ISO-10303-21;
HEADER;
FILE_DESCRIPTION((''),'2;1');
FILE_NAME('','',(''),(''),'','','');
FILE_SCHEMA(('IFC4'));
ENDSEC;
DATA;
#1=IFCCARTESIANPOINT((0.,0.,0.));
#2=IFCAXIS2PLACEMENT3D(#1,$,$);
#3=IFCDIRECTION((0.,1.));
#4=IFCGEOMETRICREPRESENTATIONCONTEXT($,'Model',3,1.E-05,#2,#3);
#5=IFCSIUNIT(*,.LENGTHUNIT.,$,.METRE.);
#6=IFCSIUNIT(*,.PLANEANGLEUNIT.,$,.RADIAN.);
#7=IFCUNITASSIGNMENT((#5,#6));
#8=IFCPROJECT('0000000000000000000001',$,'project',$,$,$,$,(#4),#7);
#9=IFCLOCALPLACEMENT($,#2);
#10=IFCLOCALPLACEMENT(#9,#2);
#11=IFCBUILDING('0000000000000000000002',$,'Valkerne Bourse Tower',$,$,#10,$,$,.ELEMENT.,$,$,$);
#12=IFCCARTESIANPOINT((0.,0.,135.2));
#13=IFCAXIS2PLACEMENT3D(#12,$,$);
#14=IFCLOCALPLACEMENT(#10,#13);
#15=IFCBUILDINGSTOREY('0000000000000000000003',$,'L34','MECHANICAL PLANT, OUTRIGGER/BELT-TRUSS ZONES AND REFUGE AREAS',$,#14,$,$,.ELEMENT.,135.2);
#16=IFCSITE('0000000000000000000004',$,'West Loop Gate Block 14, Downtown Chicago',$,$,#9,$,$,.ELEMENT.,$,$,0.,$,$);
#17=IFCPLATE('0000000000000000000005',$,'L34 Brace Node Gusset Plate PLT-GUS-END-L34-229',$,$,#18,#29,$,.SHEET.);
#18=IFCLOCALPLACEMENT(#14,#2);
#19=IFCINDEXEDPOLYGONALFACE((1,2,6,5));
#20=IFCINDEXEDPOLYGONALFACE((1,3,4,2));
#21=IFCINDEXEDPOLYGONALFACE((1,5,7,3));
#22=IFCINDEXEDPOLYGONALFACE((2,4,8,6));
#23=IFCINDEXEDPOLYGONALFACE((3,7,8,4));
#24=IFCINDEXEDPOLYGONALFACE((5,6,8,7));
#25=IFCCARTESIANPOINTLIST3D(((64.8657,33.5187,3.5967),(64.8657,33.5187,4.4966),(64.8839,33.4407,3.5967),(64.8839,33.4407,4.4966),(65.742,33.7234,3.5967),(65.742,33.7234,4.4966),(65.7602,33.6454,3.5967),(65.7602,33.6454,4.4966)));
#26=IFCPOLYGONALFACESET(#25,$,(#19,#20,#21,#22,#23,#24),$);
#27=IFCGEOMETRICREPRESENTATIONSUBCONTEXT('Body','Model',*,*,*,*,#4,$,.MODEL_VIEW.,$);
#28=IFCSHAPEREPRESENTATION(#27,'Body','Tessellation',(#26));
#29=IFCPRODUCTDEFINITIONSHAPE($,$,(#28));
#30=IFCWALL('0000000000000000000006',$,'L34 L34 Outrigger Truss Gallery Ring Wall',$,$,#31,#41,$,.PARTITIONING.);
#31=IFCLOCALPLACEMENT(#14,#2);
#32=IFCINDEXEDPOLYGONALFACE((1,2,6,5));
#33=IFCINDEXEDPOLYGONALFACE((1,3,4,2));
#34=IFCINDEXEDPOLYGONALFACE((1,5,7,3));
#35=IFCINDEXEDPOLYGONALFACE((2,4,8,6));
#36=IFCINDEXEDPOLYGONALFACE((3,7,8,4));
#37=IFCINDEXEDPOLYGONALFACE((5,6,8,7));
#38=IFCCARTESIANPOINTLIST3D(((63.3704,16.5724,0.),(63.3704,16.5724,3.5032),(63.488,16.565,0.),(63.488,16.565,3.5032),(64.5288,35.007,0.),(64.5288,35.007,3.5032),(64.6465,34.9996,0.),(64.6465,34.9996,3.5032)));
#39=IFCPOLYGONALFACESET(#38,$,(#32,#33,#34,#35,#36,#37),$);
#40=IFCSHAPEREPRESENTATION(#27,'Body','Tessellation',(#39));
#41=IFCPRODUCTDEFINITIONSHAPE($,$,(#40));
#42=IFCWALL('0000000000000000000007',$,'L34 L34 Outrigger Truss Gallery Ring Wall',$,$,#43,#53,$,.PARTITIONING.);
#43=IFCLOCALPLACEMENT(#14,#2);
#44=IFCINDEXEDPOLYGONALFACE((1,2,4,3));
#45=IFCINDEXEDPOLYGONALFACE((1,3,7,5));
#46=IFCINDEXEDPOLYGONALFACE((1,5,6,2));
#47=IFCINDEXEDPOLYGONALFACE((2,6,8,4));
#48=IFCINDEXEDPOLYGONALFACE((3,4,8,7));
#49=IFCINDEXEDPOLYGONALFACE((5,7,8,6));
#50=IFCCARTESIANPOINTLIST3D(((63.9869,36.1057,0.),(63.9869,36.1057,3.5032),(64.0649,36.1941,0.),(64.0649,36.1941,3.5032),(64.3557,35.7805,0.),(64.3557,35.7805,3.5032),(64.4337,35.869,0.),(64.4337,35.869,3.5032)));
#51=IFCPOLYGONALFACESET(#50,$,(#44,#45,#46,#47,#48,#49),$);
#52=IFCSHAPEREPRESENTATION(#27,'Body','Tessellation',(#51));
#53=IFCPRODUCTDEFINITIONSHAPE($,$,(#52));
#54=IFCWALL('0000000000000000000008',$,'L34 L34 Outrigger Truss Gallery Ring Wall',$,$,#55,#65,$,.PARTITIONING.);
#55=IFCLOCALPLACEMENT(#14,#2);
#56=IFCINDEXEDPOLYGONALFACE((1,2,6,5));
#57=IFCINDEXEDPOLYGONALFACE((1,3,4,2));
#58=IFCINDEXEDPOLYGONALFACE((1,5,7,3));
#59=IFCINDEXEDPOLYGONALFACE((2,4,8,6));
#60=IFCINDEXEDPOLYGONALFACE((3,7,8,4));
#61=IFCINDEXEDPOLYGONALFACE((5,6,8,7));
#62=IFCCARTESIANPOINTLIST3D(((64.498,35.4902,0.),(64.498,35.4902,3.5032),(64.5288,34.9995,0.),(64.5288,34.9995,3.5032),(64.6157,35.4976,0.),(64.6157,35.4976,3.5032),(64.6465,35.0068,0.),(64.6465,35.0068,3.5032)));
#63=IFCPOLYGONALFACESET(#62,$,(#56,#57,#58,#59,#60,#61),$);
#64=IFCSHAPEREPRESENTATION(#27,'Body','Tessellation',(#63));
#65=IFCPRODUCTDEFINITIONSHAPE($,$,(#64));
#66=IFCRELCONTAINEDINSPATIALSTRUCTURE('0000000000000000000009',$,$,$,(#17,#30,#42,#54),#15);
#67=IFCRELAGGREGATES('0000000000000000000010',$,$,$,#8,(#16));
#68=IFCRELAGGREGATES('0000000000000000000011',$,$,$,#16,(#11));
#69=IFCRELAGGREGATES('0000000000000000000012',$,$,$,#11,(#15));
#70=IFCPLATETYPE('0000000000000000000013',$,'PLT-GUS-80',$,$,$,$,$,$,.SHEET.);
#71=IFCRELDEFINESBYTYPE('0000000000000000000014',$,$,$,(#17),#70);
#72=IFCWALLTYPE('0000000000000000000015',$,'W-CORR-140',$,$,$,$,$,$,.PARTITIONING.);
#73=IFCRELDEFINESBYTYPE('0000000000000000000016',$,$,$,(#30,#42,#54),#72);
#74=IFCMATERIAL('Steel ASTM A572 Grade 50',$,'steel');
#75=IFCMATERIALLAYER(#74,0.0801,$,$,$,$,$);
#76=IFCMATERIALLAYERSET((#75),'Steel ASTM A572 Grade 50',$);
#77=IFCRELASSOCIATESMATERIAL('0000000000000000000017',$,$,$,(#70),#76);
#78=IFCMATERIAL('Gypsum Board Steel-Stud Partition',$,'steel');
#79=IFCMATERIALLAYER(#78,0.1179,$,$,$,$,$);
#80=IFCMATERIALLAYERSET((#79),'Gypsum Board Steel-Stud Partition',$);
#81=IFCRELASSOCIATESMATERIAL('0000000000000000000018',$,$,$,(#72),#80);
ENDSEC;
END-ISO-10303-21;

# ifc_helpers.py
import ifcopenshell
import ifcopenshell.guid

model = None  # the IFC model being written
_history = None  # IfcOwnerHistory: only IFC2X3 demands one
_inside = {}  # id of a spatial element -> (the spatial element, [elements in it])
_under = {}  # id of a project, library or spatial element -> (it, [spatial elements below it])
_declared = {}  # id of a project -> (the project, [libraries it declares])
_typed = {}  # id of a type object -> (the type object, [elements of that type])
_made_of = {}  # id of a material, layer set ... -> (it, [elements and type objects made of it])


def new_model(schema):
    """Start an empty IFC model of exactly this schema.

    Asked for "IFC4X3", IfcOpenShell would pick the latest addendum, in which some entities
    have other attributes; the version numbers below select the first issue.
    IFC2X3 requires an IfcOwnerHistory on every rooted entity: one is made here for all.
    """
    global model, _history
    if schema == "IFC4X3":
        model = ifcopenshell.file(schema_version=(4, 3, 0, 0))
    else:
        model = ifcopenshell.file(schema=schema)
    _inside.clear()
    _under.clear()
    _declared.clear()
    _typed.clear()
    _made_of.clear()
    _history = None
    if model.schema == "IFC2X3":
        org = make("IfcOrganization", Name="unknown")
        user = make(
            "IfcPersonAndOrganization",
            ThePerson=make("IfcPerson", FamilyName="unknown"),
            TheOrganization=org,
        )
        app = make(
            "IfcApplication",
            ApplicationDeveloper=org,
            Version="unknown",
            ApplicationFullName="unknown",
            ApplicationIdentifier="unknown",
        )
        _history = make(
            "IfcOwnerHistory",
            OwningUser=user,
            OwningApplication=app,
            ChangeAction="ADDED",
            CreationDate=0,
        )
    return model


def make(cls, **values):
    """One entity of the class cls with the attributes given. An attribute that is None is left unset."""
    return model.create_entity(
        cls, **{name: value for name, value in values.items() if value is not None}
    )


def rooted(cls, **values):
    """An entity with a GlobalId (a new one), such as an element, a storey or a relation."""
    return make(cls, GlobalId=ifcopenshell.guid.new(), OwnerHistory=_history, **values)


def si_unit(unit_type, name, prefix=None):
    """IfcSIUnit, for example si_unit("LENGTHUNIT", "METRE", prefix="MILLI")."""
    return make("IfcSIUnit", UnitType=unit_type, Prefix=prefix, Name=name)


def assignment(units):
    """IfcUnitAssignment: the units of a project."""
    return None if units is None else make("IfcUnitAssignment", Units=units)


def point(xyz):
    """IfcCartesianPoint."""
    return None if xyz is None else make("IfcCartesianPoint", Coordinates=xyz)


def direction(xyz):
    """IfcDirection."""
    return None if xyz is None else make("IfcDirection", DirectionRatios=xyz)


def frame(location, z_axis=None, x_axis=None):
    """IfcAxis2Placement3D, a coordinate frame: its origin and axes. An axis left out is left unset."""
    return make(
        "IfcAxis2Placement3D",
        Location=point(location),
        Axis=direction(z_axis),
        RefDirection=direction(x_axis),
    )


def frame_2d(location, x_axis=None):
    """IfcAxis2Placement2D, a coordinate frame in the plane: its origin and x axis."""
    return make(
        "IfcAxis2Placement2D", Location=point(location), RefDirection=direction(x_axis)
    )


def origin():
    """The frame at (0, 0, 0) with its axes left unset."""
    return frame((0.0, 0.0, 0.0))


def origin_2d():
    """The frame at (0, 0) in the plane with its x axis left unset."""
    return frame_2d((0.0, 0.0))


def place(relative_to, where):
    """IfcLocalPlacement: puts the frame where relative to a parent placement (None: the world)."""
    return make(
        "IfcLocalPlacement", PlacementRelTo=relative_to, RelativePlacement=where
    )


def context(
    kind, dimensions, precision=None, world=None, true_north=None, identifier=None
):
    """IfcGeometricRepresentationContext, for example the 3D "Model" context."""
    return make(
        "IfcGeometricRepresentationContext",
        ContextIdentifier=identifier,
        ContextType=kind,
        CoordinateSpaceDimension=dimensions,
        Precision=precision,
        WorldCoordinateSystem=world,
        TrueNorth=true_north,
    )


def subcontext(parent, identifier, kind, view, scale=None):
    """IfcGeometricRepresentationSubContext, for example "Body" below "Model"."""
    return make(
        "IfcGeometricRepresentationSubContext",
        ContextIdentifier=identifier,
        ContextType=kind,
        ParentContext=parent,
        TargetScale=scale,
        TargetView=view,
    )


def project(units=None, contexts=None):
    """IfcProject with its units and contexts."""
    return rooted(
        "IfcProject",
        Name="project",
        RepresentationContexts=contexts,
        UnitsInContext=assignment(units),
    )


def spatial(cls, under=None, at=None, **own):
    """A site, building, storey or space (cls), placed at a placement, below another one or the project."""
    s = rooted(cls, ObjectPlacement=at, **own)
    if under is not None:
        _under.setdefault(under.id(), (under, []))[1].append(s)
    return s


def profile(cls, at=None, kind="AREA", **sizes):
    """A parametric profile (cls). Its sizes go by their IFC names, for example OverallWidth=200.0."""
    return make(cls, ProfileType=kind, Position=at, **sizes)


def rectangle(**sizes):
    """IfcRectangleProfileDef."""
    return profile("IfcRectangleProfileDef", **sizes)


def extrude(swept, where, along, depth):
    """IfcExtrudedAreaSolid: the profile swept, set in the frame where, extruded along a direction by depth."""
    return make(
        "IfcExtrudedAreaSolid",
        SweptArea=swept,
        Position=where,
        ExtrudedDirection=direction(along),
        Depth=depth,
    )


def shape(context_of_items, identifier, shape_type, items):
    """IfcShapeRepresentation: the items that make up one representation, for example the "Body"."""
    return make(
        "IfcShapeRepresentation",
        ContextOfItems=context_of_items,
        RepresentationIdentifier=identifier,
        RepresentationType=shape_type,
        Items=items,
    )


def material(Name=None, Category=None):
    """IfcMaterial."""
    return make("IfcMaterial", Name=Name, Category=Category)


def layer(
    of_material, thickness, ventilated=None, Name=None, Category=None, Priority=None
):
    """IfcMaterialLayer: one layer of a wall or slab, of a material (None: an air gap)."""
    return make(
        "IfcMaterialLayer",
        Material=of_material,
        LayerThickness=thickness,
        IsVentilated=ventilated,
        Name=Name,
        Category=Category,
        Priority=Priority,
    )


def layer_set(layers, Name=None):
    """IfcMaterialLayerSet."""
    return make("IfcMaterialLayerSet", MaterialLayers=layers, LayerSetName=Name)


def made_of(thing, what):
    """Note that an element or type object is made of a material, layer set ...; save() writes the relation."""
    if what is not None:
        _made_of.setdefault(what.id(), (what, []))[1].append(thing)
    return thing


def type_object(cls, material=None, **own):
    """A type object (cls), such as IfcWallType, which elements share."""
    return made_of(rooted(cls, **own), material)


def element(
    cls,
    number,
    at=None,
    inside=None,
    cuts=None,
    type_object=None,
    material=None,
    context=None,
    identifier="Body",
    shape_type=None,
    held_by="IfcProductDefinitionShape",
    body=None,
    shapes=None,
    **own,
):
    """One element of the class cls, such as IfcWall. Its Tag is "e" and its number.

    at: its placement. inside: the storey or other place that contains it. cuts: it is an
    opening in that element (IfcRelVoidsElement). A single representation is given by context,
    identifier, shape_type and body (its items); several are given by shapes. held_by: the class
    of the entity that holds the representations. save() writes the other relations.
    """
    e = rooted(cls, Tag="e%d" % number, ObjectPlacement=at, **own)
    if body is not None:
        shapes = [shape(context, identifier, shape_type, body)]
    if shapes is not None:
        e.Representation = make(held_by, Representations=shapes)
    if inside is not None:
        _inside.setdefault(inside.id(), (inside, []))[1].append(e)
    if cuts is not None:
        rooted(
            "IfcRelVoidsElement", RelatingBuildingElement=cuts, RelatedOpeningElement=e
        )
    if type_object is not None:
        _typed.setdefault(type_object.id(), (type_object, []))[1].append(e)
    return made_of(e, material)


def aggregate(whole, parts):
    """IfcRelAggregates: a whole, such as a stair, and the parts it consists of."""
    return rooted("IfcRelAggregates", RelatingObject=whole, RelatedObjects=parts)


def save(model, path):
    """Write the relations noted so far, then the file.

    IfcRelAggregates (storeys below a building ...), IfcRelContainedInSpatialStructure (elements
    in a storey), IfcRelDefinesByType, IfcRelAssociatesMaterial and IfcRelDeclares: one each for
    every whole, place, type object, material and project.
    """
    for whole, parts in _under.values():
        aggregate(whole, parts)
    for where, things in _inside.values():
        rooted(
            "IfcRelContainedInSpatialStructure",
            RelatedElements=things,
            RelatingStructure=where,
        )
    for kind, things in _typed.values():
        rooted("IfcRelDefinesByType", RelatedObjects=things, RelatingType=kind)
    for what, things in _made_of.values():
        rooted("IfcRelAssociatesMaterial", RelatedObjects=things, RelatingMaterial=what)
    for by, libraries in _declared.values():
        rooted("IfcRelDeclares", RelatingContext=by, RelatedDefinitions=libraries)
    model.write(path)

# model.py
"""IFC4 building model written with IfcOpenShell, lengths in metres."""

from ifc_helpers import new_model, si_unit, direction, frame, frame_2d, origin, origin_2d, place, context, subcontext, project, spatial, rectangle, extrude, material, layer, layer_set, type_object, element, save


model = new_model("IFC4")

# Units and contexts
model_context = context("Model", 3, precision=1e-05, world=origin(), true_north=direction((0.0, 1.0)))
body_context = subcontext(model_context, "Body", "Model", "MODEL_VIEW")
ifc_project = project(units=[si_unit("LENGTHUNIT", "METRE"), si_unit("PLANEANGLEUNIT", "RADIAN")], contexts=[model_context])

# Site, building, storey
site_placement = place(None, origin())
site = spatial("IfcSite", under=ifc_project, at=site_placement, Name="West Loop Gate Block 14, Downtown Chicago", CompositionType="ELEMENT", RefElevation=0.0)
building_placement = place(site_placement, origin())
building = spatial("IfcBuilding", under=site, at=building_placement, Name="Valkerne Bourse Tower", CompositionType="ELEMENT")
storey_placement = place(building_placement, frame((0.0, 0.0, 135.2)))
storey = spatial("IfcBuildingStorey", under=building, at=storey_placement, Name="L34", Description="MECHANICAL PLANT, OUTRIGGER/BELT-TRUSS ZONES AND REFUGE AREAS", CompositionType="ELEMENT", Elevation=135.2)

# Plate
ifc_material_1 = material(Name="Steel ASTM A572 Grade 50", Category="steel")
ifc_layer_1 = layer(ifc_material_1, 0.0801)
ifc_layer_set_1 = layer_set([ifc_layer_1], Name="Steel ASTM A572 Grade 50")
plate_type_1 = type_object("IfcPlateType", Name="PLT-GUS-80", PredefinedType="SHEET", material=ifc_layer_set_1)
for number, where, z_axis, x_axis, name in (
    (1, (65.313, 33.582, 3.5967), (0.0, 0.0, 1.0), (-0.973778, -0.227501, 0.0), "L34 Brace Node Gusset Plate PLT-GUS-END-L34-229"),
):
    element("IfcPlate", number, at=place(storey_placement, frame(where, z_axis=z_axis, x_axis=x_axis)), inside=storey, type_object=plate_type_1, Name=name, PredefinedType="SHEET", context=body_context, shape_type="SweptSolid", body=[
        extrude(rectangle(XDim=0.8999, YDim=0.0801, at=origin_2d()), origin(), (0.0, 0.0, 1.0), 0.8999),
    ])

# Walls
ifc_material_2 = material(Name="Gypsum Board Steel-Stud Partition", Category="steel")
ifc_layer_2 = layer(ifc_material_2, 0.1179)
ifc_layer_set_2 = layer_set([ifc_layer_2], Name="Gypsum Board Steel-Stud Partition")
wall_type = type_object("IfcWallType", Name="W-CORR-140", PredefinedType="PARTITIONING", material=ifc_layer_set_2)
wall_placement = place(storey_placement, frame((64.5876, 35.0032, 0.0), z_axis=(0.0, 0.0, 1.0), x_axis=(-0.062717, -0.998031, 0.0)))
element("IfcWall", 2, at=wall_placement, inside=storey, type_object=wall_type, Name="L34 L34 Outrigger Truss Gallery Ring Wall", PredefinedType="PARTITIONING", context=body_context, shape_type="SweptSolid", body=[
    extrude(rectangle(XDim=18.4709, YDim=0.1179, at=frame_2d((9.2354, 0.0))), origin(), (0.0, 0.0, 1.0), 3.5032),
])
for number, where, z_axis, x_axis, name in (
    (3, (64.0259, 36.1499, 0.0), (0.0, 0.0, 1.0), (0.750142, -0.661277, 0.0), "L34 L34 Outrigger Truss Gallery Ring Wall"),
    (4, (64.5569, 35.4939, 0.0), (0.0, 0.0, 1.0), (0.062564, -0.998041, 0.0), "L34 L34 Outrigger Truss Gallery Ring Wall"),
):
    element("IfcWall", number, at=place(storey_placement, frame(where, z_axis=z_axis, x_axis=x_axis)), inside=storey, type_object=wall_type, Name=name, PredefinedType="PARTITIONING", context=body_context, shape_type="SweptSolid", body=[
        extrude(rectangle(XDim=0.4917, YDim=0.1179, at=frame_2d((0.2458, 0.0))), origin(), (0.0, 0.0, 1.0), 3.5032),
    ])

save(model, "model.ifc")
